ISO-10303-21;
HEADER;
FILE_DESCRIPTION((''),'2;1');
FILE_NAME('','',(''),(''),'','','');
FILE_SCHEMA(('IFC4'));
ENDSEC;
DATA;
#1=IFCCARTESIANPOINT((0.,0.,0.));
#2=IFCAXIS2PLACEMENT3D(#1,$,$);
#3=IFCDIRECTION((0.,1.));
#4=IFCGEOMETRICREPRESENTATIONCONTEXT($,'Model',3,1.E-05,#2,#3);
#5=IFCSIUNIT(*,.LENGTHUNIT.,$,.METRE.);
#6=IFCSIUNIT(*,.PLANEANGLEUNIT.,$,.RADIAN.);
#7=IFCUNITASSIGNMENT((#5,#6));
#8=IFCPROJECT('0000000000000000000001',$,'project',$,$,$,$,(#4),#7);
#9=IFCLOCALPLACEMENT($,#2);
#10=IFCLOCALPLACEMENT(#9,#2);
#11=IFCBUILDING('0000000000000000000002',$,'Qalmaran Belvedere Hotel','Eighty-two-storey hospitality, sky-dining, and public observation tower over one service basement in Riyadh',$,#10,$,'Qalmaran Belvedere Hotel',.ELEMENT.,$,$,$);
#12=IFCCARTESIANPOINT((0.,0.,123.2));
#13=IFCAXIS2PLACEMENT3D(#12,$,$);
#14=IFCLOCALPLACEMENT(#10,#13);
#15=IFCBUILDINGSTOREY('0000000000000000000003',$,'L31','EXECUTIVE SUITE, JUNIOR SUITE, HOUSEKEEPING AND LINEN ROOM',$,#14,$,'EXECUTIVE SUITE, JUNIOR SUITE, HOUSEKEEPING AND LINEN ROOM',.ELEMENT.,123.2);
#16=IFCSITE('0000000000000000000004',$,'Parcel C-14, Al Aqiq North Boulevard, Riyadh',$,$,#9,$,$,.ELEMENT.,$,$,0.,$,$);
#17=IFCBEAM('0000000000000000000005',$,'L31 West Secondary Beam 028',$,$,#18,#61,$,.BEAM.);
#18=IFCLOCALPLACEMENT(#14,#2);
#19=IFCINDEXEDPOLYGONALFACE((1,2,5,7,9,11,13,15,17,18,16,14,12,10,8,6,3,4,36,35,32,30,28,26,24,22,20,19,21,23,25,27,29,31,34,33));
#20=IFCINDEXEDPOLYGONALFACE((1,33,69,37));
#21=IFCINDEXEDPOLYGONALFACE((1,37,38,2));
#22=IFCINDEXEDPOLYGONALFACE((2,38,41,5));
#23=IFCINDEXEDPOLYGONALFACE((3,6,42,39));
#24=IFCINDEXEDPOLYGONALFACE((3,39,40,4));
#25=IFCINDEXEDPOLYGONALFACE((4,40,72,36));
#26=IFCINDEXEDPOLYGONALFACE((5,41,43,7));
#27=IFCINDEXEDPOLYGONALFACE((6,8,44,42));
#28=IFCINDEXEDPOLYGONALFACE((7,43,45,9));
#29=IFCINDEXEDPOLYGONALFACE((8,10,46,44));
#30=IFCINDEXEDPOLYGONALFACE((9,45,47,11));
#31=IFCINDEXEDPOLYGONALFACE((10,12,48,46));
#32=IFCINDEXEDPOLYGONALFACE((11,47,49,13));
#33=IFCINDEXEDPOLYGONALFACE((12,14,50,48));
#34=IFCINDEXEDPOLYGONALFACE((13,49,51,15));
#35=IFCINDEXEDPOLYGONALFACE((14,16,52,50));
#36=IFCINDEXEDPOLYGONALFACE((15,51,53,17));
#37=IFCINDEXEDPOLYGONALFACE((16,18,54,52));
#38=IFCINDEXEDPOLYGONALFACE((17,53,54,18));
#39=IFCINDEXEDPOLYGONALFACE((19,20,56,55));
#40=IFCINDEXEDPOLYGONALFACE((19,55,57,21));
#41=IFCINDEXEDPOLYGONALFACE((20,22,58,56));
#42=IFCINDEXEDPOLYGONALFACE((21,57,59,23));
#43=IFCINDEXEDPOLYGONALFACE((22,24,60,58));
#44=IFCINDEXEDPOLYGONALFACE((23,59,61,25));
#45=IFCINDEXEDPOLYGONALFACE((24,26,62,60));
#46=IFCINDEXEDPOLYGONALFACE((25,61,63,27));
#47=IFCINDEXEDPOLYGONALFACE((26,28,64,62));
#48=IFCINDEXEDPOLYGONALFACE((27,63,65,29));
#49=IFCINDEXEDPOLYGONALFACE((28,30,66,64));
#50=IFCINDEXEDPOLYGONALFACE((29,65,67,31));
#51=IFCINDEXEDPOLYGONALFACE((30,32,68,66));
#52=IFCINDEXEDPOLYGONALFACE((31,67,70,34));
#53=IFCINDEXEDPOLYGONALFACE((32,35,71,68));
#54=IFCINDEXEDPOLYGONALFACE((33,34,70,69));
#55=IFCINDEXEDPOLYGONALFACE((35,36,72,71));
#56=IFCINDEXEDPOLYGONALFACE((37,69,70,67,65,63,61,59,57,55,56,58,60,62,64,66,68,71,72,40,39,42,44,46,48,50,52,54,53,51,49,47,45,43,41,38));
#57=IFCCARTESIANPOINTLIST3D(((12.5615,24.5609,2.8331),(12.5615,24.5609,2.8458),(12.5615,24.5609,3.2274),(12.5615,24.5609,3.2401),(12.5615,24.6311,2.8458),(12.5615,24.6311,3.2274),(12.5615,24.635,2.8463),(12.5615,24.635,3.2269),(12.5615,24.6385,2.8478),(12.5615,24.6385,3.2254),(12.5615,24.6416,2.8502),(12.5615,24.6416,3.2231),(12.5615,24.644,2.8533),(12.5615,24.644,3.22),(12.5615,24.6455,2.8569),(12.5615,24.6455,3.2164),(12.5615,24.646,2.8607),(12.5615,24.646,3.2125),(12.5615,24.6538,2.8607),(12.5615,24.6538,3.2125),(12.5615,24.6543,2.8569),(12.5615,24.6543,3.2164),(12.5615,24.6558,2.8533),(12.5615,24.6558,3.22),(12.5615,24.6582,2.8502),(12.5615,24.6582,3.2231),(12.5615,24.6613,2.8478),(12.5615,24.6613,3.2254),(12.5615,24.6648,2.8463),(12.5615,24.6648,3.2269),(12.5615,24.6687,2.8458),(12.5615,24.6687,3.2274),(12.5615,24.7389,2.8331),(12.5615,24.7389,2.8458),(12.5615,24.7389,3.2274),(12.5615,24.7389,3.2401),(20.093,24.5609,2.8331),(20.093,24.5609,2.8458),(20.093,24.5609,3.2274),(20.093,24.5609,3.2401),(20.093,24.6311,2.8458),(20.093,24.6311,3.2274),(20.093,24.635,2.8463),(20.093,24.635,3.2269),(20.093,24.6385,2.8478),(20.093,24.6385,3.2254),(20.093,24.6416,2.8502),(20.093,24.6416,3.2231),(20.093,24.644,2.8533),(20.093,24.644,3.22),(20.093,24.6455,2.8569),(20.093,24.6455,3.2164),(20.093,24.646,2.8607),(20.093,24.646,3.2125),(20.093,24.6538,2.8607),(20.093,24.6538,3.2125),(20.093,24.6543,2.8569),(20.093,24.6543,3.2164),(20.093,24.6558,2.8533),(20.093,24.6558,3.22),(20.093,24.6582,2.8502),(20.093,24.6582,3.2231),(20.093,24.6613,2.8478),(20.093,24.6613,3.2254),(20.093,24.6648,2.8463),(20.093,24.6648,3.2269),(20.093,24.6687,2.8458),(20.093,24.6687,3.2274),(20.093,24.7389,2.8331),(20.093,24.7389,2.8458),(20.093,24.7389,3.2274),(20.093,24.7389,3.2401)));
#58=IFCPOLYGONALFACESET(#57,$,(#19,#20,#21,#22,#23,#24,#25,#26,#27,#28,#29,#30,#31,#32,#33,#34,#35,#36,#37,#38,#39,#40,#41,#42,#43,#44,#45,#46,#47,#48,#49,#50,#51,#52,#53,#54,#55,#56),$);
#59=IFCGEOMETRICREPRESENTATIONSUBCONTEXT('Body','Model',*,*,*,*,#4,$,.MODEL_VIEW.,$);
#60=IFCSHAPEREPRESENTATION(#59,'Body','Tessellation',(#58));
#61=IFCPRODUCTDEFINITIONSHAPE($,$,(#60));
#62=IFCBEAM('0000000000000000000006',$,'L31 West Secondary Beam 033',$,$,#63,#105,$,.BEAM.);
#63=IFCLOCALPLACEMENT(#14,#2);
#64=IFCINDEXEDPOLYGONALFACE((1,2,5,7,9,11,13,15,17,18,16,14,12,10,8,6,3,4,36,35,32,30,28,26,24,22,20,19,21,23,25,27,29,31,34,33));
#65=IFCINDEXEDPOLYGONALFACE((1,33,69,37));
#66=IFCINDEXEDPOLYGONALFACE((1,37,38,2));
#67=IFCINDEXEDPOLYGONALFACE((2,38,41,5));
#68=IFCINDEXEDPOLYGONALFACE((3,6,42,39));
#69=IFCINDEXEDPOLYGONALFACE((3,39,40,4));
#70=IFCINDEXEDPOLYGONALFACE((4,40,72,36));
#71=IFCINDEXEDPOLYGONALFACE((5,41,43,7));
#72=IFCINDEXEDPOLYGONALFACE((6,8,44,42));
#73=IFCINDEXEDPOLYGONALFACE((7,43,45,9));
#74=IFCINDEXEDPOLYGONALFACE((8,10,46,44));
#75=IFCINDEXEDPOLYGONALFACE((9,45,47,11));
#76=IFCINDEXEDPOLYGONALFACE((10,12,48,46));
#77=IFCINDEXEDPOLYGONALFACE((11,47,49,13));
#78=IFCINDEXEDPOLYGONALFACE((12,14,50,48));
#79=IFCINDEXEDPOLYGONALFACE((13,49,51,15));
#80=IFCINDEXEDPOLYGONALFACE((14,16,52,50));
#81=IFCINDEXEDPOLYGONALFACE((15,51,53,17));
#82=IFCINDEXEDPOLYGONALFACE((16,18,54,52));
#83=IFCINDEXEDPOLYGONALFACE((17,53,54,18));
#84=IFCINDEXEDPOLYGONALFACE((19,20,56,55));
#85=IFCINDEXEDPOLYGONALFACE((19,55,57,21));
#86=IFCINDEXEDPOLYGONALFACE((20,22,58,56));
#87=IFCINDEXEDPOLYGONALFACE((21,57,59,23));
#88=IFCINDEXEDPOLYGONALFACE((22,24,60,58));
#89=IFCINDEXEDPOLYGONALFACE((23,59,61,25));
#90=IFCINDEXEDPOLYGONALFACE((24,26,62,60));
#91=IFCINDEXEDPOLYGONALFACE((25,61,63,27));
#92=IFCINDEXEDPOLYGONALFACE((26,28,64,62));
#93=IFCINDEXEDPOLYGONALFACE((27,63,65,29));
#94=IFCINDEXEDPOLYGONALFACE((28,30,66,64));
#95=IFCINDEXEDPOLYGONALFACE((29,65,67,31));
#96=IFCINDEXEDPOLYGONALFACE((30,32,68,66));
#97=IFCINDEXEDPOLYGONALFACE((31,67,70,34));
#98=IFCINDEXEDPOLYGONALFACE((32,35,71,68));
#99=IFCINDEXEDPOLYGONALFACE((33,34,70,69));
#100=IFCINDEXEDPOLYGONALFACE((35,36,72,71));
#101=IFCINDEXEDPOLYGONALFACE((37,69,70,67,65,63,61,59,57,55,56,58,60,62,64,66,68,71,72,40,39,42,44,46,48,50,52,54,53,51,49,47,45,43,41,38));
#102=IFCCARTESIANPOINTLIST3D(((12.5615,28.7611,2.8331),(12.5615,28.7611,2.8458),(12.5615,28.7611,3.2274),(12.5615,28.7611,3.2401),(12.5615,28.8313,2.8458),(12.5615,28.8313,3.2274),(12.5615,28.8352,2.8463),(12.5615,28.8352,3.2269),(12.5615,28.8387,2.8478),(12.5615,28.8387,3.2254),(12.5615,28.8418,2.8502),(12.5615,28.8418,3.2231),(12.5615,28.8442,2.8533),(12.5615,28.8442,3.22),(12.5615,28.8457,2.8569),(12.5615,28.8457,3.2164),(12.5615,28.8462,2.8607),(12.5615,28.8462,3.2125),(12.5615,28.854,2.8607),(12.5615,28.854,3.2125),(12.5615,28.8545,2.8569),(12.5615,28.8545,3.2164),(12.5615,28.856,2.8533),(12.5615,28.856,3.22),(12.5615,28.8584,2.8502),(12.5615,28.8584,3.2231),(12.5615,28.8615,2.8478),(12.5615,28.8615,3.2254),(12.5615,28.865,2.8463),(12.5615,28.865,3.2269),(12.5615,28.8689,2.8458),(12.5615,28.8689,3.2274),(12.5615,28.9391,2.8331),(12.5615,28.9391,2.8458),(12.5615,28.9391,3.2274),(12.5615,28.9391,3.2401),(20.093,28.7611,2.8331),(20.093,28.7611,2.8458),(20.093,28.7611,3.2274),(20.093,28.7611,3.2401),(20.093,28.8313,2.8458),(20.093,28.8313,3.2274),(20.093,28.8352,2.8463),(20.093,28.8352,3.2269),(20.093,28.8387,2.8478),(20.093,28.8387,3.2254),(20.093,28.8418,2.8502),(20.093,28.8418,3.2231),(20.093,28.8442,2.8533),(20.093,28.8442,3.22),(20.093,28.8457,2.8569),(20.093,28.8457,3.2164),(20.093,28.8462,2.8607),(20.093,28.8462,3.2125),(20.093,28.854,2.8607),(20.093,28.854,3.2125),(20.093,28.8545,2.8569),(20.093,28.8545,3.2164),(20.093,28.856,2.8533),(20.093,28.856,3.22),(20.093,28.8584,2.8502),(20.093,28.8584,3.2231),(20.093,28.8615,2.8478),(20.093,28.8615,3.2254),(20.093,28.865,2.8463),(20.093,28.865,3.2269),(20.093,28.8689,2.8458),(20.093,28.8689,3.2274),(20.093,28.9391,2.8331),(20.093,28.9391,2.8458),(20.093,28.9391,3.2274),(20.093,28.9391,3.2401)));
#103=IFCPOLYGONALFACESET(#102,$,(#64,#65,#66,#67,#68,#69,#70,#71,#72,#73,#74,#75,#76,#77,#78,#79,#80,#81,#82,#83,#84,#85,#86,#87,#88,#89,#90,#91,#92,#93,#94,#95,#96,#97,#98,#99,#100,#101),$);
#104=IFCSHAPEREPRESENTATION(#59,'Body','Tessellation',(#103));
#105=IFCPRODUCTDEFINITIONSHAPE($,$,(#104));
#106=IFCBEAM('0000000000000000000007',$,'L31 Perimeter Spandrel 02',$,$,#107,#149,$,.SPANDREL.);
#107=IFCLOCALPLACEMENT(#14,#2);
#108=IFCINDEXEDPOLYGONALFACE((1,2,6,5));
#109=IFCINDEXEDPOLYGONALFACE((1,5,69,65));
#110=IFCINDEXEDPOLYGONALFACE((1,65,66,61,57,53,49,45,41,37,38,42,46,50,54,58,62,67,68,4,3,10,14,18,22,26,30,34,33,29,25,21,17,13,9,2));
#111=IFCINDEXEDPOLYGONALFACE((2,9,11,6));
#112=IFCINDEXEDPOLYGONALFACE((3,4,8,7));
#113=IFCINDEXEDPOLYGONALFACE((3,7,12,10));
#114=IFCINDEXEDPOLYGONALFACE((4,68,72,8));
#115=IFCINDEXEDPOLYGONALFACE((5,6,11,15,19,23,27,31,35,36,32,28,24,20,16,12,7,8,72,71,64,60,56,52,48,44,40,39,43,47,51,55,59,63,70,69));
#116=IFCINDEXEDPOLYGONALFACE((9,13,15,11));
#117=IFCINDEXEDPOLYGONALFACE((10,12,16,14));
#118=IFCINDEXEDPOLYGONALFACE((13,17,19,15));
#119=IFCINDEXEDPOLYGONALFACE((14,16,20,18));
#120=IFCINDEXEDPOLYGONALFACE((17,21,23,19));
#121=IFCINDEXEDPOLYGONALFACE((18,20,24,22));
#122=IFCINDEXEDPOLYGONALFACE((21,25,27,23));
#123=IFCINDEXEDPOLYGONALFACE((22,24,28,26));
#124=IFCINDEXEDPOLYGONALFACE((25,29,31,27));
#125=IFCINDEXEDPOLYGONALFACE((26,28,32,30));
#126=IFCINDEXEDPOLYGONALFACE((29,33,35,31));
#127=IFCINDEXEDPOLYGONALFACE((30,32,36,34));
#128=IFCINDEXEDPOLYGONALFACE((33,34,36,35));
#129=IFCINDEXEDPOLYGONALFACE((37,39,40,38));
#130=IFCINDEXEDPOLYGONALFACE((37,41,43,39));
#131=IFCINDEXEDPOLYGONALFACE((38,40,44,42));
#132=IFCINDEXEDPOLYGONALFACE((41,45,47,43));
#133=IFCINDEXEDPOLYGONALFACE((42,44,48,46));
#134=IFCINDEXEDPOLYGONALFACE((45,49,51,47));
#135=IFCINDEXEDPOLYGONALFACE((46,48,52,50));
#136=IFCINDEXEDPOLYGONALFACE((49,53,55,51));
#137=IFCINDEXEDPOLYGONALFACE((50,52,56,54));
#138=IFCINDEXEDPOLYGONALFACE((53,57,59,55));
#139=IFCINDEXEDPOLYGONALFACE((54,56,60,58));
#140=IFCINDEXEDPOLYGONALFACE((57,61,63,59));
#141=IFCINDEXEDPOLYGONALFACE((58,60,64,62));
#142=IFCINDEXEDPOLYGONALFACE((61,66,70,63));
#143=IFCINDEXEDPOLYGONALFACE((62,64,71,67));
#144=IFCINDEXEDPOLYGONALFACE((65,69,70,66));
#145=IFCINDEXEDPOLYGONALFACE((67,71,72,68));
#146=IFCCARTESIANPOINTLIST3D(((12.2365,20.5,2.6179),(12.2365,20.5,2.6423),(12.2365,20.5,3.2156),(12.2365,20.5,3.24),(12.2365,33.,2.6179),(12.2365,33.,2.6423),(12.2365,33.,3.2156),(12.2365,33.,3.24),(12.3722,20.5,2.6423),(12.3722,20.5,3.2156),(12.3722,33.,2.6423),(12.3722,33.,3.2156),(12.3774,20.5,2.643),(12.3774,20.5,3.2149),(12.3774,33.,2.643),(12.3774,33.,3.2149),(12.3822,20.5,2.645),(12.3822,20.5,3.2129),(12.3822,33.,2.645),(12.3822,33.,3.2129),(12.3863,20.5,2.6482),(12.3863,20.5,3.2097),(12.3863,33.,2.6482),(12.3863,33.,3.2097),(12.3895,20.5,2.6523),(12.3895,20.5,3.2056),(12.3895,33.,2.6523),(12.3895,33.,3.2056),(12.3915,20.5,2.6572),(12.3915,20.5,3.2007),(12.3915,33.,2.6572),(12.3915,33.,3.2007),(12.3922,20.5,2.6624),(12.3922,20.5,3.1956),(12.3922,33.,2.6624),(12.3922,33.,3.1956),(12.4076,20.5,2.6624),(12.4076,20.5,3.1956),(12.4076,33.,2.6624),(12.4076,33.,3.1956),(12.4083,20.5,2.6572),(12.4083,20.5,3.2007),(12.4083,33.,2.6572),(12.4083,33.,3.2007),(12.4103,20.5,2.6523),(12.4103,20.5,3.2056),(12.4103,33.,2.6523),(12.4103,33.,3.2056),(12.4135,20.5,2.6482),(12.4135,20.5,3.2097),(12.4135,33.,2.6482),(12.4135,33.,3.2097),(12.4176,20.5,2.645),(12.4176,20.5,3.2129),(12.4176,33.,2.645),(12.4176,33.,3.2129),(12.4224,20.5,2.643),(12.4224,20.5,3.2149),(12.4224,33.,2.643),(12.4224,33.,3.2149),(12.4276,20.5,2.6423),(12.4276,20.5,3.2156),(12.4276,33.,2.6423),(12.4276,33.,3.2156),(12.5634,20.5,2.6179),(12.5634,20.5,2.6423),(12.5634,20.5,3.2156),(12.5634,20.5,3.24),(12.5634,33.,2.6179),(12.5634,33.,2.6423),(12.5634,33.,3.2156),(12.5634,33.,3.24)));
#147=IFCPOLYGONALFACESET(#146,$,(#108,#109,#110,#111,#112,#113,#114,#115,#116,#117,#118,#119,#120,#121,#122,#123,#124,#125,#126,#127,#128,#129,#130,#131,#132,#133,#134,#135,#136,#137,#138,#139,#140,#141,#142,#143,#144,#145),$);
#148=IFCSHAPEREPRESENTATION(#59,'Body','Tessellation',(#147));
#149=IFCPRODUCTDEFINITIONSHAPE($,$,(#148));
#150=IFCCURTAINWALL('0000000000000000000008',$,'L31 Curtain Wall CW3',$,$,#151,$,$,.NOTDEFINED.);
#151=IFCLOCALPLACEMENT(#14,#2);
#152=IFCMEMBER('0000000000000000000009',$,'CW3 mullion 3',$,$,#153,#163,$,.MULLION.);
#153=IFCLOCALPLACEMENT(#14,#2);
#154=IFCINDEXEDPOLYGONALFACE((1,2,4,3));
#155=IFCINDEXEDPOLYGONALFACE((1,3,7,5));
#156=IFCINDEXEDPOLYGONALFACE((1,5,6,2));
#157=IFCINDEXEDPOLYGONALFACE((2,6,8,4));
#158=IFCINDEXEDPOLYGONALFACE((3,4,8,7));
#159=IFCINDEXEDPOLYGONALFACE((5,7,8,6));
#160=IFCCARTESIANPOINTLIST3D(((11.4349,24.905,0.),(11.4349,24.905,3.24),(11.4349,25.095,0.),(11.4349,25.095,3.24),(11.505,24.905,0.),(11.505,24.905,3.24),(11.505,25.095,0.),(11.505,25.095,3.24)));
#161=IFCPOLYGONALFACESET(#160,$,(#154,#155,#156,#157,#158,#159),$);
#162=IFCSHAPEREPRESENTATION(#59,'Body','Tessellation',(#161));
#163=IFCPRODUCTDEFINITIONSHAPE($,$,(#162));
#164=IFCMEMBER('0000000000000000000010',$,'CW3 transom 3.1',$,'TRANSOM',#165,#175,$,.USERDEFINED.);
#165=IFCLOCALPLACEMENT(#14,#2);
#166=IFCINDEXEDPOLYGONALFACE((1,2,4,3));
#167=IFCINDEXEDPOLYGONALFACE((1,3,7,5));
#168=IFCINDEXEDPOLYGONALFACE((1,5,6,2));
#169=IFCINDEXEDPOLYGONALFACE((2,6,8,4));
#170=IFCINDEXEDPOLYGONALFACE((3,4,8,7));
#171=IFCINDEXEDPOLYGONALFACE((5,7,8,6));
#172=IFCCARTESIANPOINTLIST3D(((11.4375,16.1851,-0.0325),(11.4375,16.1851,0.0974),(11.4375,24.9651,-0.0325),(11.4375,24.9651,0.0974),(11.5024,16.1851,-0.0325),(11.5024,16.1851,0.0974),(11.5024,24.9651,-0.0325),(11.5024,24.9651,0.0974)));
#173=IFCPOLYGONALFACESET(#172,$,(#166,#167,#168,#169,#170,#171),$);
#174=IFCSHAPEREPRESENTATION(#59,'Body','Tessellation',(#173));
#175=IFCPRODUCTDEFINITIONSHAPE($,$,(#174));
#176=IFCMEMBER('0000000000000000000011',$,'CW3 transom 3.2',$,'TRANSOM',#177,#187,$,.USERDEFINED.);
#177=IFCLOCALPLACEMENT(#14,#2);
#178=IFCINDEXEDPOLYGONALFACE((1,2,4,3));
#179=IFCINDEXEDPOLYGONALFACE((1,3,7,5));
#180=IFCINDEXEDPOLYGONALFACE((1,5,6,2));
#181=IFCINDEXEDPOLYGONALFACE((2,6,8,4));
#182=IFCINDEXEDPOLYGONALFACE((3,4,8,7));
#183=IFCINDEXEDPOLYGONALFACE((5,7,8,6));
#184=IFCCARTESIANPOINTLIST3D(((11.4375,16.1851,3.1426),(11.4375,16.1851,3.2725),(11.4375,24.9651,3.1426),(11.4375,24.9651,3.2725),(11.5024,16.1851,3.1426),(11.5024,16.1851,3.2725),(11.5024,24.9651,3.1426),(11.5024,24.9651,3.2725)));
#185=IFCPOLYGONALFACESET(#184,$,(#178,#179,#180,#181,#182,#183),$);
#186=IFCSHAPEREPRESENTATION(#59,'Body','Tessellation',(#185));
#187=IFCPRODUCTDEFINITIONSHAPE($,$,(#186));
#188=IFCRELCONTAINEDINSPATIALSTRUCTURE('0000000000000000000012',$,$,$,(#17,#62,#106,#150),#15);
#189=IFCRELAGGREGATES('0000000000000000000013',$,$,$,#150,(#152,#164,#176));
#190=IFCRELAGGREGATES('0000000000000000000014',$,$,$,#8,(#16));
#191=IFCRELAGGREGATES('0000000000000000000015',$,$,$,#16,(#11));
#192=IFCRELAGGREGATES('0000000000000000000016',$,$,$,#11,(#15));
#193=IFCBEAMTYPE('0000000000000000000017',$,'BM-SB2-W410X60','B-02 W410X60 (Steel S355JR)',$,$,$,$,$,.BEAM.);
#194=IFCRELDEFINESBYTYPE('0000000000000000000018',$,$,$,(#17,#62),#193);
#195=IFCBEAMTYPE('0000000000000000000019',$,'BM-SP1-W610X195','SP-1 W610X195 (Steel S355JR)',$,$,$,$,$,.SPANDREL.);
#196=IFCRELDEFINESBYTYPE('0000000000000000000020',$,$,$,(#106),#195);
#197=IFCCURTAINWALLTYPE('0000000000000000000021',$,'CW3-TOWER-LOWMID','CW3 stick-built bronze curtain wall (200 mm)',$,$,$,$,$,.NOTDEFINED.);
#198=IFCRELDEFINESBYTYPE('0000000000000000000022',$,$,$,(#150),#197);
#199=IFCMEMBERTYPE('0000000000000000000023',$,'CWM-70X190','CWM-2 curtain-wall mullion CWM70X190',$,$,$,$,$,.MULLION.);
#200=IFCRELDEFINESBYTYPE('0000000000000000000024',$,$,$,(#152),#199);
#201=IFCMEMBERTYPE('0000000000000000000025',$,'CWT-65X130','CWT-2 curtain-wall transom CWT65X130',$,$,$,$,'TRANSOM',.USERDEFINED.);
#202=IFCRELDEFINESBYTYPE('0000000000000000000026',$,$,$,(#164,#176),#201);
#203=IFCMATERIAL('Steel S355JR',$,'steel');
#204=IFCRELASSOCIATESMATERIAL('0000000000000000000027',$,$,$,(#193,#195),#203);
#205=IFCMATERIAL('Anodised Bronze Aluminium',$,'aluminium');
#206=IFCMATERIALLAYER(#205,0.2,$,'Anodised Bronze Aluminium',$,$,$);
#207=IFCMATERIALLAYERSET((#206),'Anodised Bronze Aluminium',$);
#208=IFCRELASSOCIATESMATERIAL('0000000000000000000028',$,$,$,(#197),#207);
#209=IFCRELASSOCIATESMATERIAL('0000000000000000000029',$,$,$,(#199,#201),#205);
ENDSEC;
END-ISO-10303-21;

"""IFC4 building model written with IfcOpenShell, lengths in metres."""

from ifc_helpers import new_model, si_unit, direction, frame, origin, origin_2d, place, context, subcontext, project, spatial, rectangle, i_section, extrude, material, layer, layer_set, material_profile, profile_set, type_object, element, aggregate, save


model = new_model("IFC4")

# Units and contexts
model_context = context("Model", 3, precision=1e-05, world=origin(), true_north=direction((0.0, 1.0)))
body_context = subcontext(model_context, "Body", "Model", "MODEL_VIEW")
ifc_project = project(units=[si_unit("LENGTHUNIT", "METRE"), si_unit("PLANEANGLEUNIT", "RADIAN")], contexts=[model_context])

# Site, building, storey
site_placement = place(None, origin())
site = spatial("IfcSite", under=ifc_project, at=site_placement, Name="Parcel C-14, Al Aqiq North Boulevard, Riyadh", CompositionType="ELEMENT", RefElevation=0.0)
building_placement = place(site_placement, origin())
building = spatial("IfcBuilding", under=site, at=building_placement, Name="Qalmaran Belvedere Hotel", Description="Eighty-two-storey hospitality, sky-dining, and public observation tower over one service basement in Riyadh", LongName="Qalmaran Belvedere Hotel", CompositionType="ELEMENT")
storey_placement = place(building_placement, frame((0.0, 0.0, 123.2)))
storey = spatial("IfcBuildingStorey", under=building, at=storey_placement, Name="L31", Description="EXECUTIVE SUITE, JUNIOR SUITE, HOUSEKEEPING AND LINEN ROOM", LongName="EXECUTIVE SUITE, JUNIOR SUITE, HOUSEKEEPING AND LINEN ROOM", CompositionType="ELEMENT", Elevation=123.2)

# Beams
ifc_material_1 = material(Name="Steel S355JR", Category="steel")
ifc_material_profile_1 = material_profile(ifc_material_1, i_section(OverallWidth=0.178, OverallDepth=0.407, WebThickness=0.0078, FlangeThickness=0.0127, FilletRadius=0.0149, at=origin_2d()), Name="W410X60")
ifc_profile_set_1 = profile_set([ifc_material_profile_1], Name="Steel S355JR")
beam_type_1 = type_object("IfcBeamType", Name="BM-SB2-W410X60", Description="B-02 W410X60 (Steel S355JR)", PredefinedType="BEAM", material=ifc_profile_set_1)
for number, where, z_axis, x_axis, name in (
    (1, (12.5615, 24.6499, 3.0366), (1.0, 0.0, 0.0), (0.0, 1.0, 0.0), "L31 West Secondary Beam 028"),
    (2, (12.5615, 28.8501, 3.0366), (1.0, 0.0, 0.0), (0.0, 1.0, 0.0), "L31 West Secondary Beam 033"),
):
    element("IfcBeam", number, at=place(storey_placement, frame(where, z_axis=z_axis, x_axis=x_axis)), inside=storey, type_object=beam_type_1, Name=name, PredefinedType="BEAM", context=body_context, shape_type="SweptSolid", body=[
        extrude(i_section(OverallWidth=0.178, OverallDepth=0.407, WebThickness=0.0078, FlangeThickness=0.0127, FilletRadius=0.0149, at=origin_2d()), origin(), (0.0, 0.0, 1.0), 7.5315),
    ])
ifc_material_profile_2 = material_profile(ifc_material_1, i_section(OverallWidth=0.3269, OverallDepth=0.6221, WebThickness=0.0154, FlangeThickness=0.0244, FilletRadius=0.02, at=origin_2d()), Name="W610X195")
ifc_profile_set_2 = profile_set([ifc_material_profile_2], Name="Steel S355JR")
beam_type_2 = type_object("IfcBeamType", Name="BM-SP1-W610X195", Description="SP-1 W610X195 (Steel S355JR)", PredefinedType="SPANDREL", material=ifc_profile_set_2)
beam_1_placement = place(storey_placement, frame((12.3999, 20.5, 2.929), z_axis=(0.0, 1.0, 0.0), x_axis=(-1.0, 0.0, 0.0)))
element("IfcBeam", 3, at=beam_1_placement, inside=storey, type_object=beam_type_2, Name="L31 Perimeter Spandrel 02", PredefinedType="SPANDREL", context=body_context, shape_type="SweptSolid", body=[
    extrude(i_section(OverallWidth=0.3269, OverallDepth=0.6221, WebThickness=0.0154, FlangeThickness=0.0244, FilletRadius=0.02, at=origin_2d()), origin(), (0.0, 0.0, 1.0), 12.5),
])

# Curtain wall, members
ifc_material_2 = material(Name="Anodised Bronze Aluminium", Category="aluminium")
ifc_layer_1 = layer(ifc_material_2, 0.2, Name="Anodised Bronze Aluminium")
ifc_layer_set_1 = layer_set([ifc_layer_1], Name="Anodised Bronze Aluminium")
curtain_wall_type = type_object("IfcCurtainWallType", Name="CW3-TOWER-LOWMID", Description="CW3 stick-built bronze curtain wall (200 mm)", PredefinedType="NOTDEFINED", material=ifc_layer_set_1)
curtain_wall_placement = place(storey_placement, origin())
curtain_wall = element("IfcCurtainWall", 4, at=curtain_wall_placement, inside=storey, type_object=curtain_wall_type, Name="L31 Curtain Wall CW3", PredefinedType="NOTDEFINED")
ifc_material_profile_3 = material_profile(ifc_material_2, rectangle(XDim=0.0701, YDim=0.1899, at=origin_2d()), Name="CWM70X190")
ifc_profile_set_3 = profile_set([ifc_material_profile_3], Name="Anodised Bronze Aluminium")
member_type_1 = type_object("IfcMemberType", Name="CWM-70X190", Description="CWM-2 curtain-wall mullion CWM70X190", PredefinedType="MULLION", material=ifc_profile_set_3)
member_1_placement = place(storey_placement, frame((11.47, 25.0, 0.0), z_axis=(0.0, 0.0, 1.0), x_axis=(1.0, 0.0, 0.0)))
member_1 = element("IfcMember", 5, at=member_1_placement, type_object=member_type_1, Name="CW3 mullion 3", PredefinedType="MULLION", context=body_context, shape_type="SweptSolid", body=[
    extrude(rectangle(XDim=0.0701, YDim=0.1899, at=origin_2d()), origin(), (0.0, 0.0, 1.0), 3.24),
])
ifc_material_profile_4 = material_profile(ifc_material_2, rectangle(XDim=0.0649, YDim=0.1299, at=origin_2d()), Name="CWT65X130")
ifc_profile_set_4 = profile_set([ifc_material_profile_4], Name="Anodised Bronze Aluminium")
member_type_2 = type_object("IfcMemberType", Name="CWT-65X130", Description="CWT-2 curtain-wall transom CWT65X130", ElementType="TRANSOM", PredefinedType="USERDEFINED", material=ifc_profile_set_4)
member_2_placement = place(storey_placement, frame((11.47, 24.9651, 0.0325), z_axis=(0.0, -1.0, 0.0), x_axis=(1.0, 0.0, 0.0)))
member_2 = element("IfcMember", 6, at=member_2_placement, type_object=member_type_2, Name="CW3 transom 3.1", ObjectType="TRANSOM", PredefinedType="USERDEFINED", context=body_context, shape_type="SweptSolid", body=[
    extrude(rectangle(XDim=0.0649, YDim=0.1299, at=origin_2d()), origin(), (0.0, 0.0, 1.0), 8.78),
])
member_3_placement = place(storey_placement, frame((11.47, 24.9651, 3.2075), z_axis=(0.0, -1.0, 0.0), x_axis=(1.0, 0.0, 0.0)))
member_3 = element("IfcMember", 7, at=member_3_placement, type_object=member_type_2, Name="CW3 transom 3.2", ObjectType="TRANSOM", PredefinedType="USERDEFINED", context=body_context, shape_type="SweptSolid", body=[
    extrude(rectangle(XDim=0.0649, YDim=0.1299, at=origin_2d()), origin(), (0.0, 0.0, 1.0), 8.78),
])
aggregate(curtain_wall, [member_1, member_2, member_3])

save(model, "model.ifc")
